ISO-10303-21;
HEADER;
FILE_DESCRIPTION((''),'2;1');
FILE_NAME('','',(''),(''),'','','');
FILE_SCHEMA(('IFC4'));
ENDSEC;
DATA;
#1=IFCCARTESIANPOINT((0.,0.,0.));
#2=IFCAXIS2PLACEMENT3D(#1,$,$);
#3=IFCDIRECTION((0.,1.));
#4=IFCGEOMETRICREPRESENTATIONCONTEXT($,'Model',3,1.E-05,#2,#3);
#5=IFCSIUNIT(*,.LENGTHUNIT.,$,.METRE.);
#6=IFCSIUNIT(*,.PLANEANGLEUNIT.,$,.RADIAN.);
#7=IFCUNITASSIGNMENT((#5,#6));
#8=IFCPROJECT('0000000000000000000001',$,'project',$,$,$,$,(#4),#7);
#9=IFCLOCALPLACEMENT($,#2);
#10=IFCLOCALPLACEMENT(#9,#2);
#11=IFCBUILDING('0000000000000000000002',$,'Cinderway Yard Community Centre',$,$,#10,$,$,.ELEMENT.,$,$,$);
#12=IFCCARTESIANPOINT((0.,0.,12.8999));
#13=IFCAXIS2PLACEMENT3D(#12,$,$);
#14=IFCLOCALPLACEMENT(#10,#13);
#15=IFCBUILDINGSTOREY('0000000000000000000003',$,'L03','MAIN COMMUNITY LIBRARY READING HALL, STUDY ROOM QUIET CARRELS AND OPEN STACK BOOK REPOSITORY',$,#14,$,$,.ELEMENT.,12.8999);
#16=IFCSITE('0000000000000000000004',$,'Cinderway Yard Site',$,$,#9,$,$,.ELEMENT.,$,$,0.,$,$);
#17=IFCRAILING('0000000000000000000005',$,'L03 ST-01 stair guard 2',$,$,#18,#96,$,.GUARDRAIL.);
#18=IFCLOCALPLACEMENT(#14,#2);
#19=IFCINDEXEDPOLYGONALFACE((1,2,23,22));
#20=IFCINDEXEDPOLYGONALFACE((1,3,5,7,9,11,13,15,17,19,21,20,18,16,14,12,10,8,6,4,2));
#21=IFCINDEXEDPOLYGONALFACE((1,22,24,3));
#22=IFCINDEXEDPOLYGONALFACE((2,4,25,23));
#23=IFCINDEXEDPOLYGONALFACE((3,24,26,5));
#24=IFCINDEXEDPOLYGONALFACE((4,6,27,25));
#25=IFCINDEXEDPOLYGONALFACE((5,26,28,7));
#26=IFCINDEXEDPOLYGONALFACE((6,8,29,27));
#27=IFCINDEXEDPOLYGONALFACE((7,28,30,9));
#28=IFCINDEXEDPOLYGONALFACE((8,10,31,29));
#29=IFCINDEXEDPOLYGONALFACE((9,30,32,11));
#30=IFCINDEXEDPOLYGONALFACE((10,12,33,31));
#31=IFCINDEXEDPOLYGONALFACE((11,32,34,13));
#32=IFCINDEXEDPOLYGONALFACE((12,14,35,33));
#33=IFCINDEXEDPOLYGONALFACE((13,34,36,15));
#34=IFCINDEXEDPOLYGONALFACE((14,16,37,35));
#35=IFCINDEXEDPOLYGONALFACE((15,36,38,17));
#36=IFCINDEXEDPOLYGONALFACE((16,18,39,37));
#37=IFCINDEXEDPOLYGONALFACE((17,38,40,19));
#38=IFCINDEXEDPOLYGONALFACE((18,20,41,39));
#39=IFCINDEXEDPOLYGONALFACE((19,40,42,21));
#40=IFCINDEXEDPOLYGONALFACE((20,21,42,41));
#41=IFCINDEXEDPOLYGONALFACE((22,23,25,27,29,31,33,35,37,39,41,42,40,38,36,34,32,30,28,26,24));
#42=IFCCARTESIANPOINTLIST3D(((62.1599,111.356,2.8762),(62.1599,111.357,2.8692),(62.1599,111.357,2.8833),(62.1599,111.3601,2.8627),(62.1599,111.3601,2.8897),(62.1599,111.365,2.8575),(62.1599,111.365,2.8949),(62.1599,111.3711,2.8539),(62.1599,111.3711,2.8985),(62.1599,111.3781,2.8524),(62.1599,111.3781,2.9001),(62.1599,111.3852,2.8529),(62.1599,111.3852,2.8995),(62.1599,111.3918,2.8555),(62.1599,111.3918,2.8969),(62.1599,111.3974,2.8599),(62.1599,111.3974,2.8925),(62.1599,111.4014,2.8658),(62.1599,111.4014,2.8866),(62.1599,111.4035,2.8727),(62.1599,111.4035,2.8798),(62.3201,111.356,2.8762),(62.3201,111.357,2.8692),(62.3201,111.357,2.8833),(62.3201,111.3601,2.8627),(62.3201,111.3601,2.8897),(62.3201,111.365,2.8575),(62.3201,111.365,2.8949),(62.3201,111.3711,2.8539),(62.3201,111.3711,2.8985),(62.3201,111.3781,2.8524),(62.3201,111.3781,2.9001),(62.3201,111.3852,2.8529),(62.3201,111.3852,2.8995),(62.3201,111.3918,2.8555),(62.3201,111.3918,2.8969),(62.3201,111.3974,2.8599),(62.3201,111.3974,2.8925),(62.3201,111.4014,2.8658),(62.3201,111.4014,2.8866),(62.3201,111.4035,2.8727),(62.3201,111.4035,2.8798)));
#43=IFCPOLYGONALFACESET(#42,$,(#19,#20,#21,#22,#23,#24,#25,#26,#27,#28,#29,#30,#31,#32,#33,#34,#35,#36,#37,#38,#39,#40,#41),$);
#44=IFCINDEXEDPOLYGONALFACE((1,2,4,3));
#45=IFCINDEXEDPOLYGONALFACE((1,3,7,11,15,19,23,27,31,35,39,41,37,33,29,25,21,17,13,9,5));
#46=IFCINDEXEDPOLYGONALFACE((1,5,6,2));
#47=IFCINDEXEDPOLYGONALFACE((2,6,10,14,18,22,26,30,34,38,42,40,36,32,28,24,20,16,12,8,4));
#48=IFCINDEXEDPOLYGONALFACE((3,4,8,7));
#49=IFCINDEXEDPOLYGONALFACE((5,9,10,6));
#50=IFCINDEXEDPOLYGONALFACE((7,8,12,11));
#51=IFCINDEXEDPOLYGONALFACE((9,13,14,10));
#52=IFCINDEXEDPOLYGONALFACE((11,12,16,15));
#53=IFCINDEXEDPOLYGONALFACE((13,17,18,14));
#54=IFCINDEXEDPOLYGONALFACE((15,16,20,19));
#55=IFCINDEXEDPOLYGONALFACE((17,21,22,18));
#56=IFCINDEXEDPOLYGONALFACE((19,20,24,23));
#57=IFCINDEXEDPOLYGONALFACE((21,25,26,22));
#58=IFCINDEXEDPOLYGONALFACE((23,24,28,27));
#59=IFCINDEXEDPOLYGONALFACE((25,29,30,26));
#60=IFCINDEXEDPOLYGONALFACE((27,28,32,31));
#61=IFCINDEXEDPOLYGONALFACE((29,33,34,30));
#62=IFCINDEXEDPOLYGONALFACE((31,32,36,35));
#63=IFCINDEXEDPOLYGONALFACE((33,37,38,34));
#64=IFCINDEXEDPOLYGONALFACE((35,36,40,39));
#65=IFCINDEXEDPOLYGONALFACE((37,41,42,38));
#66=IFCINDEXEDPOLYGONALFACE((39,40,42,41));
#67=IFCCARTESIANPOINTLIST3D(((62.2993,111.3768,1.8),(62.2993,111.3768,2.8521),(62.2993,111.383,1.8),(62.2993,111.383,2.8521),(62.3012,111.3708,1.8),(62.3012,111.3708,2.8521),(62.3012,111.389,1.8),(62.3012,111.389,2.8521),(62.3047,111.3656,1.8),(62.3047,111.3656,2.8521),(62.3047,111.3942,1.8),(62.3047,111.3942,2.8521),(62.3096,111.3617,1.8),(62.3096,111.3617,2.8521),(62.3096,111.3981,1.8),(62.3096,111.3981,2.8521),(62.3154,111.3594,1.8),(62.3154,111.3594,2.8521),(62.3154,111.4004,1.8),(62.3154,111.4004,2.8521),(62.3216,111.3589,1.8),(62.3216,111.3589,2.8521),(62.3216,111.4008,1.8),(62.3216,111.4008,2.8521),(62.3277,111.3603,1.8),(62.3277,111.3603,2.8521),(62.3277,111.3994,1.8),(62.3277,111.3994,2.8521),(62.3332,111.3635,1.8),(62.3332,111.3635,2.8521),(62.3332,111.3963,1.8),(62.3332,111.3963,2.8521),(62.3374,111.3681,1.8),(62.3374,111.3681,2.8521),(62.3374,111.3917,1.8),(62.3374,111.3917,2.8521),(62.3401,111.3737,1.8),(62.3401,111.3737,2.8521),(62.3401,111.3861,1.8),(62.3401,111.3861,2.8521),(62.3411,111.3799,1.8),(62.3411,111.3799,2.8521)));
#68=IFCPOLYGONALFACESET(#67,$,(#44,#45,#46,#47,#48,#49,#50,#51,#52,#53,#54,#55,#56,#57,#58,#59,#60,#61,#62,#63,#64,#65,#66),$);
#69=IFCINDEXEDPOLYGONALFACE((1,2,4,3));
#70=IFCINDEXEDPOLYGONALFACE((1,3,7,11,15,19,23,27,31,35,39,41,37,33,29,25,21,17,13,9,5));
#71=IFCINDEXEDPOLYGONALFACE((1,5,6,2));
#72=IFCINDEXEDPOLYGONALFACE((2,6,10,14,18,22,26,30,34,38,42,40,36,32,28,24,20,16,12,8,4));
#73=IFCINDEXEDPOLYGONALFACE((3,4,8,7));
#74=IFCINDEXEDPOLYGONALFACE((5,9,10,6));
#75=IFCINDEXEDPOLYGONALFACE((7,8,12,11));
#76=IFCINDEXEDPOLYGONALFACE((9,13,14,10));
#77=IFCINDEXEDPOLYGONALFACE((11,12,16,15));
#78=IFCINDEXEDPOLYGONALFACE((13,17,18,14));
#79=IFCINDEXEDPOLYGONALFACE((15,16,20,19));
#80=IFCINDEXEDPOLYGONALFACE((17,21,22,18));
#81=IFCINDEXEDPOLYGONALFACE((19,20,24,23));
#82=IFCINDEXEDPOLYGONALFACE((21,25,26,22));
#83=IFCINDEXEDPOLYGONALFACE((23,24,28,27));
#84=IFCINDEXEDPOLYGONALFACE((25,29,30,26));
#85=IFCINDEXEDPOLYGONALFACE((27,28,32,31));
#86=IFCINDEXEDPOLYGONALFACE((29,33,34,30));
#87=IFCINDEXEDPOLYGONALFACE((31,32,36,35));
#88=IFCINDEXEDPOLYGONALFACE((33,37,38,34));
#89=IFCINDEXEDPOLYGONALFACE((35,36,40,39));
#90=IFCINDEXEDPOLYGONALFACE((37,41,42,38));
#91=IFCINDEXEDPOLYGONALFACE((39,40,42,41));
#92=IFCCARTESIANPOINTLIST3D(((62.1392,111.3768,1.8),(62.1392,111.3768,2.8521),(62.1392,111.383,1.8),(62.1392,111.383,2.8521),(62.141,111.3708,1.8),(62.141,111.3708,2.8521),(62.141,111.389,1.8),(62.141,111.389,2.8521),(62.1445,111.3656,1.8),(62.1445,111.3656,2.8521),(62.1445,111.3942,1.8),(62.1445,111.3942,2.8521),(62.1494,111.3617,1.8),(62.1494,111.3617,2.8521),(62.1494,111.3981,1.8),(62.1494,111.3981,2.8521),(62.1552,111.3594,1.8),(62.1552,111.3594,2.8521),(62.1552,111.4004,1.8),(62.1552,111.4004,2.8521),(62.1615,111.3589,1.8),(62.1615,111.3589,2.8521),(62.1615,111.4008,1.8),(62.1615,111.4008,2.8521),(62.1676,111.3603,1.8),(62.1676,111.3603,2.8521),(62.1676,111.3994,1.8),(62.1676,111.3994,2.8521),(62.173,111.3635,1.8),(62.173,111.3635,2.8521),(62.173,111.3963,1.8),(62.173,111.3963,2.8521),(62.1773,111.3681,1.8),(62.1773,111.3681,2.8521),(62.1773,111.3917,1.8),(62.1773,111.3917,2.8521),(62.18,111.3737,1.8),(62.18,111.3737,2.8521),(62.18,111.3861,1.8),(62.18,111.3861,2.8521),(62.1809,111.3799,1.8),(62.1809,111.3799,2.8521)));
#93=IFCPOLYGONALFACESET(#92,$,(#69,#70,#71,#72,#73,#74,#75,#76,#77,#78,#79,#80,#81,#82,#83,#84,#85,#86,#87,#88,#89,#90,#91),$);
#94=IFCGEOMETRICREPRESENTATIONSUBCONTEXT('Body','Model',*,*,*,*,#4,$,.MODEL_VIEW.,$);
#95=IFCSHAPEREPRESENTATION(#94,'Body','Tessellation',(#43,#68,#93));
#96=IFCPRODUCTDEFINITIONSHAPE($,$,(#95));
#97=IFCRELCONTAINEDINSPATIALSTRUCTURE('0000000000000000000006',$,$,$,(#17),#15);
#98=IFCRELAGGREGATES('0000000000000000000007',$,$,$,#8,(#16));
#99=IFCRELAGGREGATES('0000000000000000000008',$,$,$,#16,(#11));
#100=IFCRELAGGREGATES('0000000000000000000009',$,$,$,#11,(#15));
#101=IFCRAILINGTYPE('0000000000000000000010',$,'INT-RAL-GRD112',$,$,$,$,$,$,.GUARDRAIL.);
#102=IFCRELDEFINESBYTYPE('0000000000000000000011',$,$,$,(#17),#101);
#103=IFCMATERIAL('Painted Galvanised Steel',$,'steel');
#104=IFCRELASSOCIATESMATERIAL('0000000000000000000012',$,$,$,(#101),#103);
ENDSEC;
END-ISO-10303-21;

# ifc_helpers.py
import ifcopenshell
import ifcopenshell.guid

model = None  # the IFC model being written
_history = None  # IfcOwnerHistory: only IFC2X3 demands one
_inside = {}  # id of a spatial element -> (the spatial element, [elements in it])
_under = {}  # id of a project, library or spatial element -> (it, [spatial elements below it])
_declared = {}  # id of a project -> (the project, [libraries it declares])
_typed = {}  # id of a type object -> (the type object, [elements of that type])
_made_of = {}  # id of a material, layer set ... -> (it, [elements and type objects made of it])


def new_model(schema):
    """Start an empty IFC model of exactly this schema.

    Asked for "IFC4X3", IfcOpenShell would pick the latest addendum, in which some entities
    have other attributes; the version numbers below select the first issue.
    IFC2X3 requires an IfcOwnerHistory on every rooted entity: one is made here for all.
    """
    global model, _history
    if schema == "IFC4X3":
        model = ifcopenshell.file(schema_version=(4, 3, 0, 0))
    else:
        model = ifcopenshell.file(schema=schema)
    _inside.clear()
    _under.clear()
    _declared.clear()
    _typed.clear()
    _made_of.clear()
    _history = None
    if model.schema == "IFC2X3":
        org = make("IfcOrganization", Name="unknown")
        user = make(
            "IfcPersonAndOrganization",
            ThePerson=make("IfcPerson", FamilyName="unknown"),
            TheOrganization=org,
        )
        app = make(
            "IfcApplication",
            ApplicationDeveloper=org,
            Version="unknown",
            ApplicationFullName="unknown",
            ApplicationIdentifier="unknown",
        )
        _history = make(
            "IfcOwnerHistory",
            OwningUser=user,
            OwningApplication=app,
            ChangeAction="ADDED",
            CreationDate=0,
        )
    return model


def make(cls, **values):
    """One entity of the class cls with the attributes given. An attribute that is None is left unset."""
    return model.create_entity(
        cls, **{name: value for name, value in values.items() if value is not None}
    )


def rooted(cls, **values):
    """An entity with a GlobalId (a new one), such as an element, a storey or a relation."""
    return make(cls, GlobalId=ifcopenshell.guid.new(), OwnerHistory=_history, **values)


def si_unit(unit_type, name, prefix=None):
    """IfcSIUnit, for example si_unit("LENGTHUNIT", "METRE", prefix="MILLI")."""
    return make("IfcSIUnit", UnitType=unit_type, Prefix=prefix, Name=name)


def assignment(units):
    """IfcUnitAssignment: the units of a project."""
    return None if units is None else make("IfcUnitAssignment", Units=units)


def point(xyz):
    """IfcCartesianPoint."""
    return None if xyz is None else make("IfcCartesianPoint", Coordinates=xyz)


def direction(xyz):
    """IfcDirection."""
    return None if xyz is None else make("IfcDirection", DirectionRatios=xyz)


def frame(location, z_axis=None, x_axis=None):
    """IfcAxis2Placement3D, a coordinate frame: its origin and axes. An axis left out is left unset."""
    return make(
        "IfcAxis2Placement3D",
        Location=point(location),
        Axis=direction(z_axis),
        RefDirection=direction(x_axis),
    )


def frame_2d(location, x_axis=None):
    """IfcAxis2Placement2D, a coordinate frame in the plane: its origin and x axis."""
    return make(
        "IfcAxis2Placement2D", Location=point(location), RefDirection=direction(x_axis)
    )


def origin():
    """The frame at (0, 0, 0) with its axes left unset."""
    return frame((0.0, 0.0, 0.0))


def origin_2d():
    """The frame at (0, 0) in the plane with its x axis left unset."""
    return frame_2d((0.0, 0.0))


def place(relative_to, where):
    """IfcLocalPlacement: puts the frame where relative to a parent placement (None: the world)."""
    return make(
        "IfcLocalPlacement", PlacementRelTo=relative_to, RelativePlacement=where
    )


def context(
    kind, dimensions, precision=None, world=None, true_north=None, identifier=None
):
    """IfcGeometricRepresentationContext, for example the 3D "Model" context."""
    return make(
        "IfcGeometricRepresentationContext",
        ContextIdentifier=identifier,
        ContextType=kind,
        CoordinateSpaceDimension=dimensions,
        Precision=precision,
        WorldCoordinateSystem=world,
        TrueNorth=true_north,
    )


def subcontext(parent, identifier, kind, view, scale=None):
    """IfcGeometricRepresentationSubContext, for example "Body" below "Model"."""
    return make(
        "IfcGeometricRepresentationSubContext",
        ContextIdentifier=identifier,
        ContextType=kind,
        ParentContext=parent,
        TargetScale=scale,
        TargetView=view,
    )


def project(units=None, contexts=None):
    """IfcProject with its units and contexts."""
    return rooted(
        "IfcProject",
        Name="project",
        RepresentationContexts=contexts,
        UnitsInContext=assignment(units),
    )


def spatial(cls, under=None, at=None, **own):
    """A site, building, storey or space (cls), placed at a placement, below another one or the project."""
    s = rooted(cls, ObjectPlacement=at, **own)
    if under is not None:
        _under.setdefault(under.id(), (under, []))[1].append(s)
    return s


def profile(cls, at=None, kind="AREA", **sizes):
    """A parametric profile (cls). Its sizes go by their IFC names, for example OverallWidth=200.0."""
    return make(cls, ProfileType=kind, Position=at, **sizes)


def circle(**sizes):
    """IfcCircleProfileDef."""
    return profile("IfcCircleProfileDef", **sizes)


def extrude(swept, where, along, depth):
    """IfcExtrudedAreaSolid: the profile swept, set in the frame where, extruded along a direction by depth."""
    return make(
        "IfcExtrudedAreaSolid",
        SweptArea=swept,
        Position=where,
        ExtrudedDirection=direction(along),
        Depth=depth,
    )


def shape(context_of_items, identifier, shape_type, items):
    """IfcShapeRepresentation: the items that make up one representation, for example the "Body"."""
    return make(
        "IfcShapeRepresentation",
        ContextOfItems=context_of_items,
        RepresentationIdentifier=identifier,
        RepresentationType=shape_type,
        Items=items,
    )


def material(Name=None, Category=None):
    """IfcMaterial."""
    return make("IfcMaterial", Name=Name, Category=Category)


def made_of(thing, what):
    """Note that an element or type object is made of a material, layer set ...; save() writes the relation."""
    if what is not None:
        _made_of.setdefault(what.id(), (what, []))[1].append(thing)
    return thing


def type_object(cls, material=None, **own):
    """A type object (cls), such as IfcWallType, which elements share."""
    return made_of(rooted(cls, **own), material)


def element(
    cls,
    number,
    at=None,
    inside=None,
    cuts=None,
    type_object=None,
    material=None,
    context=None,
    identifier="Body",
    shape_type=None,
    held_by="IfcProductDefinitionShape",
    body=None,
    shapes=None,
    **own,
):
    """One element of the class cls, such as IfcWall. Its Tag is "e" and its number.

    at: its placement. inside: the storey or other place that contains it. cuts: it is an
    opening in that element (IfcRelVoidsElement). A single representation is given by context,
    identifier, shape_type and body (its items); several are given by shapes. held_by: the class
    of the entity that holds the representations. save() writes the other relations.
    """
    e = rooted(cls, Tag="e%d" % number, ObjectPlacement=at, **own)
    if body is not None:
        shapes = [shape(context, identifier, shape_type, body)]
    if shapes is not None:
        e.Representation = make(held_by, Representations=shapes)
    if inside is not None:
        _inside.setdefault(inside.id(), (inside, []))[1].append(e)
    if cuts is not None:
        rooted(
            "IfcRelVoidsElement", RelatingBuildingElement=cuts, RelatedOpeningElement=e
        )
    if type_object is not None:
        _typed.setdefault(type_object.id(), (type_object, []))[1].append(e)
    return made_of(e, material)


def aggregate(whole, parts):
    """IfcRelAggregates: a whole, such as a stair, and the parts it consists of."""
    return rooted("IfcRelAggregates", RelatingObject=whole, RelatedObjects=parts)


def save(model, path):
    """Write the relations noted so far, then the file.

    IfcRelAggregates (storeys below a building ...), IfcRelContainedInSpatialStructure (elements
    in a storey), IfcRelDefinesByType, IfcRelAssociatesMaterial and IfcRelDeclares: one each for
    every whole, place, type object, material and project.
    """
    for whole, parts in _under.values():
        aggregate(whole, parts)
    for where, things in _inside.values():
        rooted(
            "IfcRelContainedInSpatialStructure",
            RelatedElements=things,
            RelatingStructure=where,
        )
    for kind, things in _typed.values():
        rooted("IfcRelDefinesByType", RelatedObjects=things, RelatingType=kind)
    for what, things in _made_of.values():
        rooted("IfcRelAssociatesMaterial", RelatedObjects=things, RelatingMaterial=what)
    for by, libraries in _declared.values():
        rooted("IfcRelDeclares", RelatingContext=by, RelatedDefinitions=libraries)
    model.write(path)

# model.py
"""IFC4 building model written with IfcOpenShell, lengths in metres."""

from ifc_helpers import new_model, si_unit, direction, frame, origin, origin_2d, place, context, subcontext, project, spatial, circle, extrude, material, type_object, element, save


model = new_model("IFC4")

# Units and contexts
model_context = context("Model", 3, precision=1e-05, world=origin(), true_north=direction((0.0, 1.0)))
body_context = subcontext(model_context, "Body", "Model", "MODEL_VIEW")
ifc_project = project(units=[si_unit("LENGTHUNIT", "METRE"), si_unit("PLANEANGLEUNIT", "RADIAN")], contexts=[model_context])

# Site, building, storey
site_placement = place(None, origin())
site = spatial("IfcSite", under=ifc_project, at=site_placement, Name="Cinderway Yard Site", CompositionType="ELEMENT", RefElevation=0.0)
building_placement = place(site_placement, origin())
building = spatial("IfcBuilding", under=site, at=building_placement, Name="Cinderway Yard Community Centre", CompositionType="ELEMENT")
storey_placement = place(building_placement, frame((0.0, 0.0, 12.8999)))
storey = spatial("IfcBuildingStorey", under=building, at=storey_placement, Name="L03", Description="MAIN COMMUNITY LIBRARY READING HALL, STUDY ROOM QUIET CARRELS AND OPEN STACK BOOK REPOSITORY", CompositionType="ELEMENT", Elevation=12.8999)

# Shared definitions
ifc_material_1 = material(Name="Painted Galvanised Steel", Category="steel")

# Railing
railing_type_1 = type_object("IfcRailingType", Name="INT-RAL-GRD112", PredefinedType="GUARDRAIL", material=ifc_material_1)
railing_1_placement = place(storey_placement, frame((62.3201, 111.3799, 1.8)))
element("IfcRailing", 1, at=railing_1_placement, inside=storey, type_object=railing_type_1, Name="L03 ST-01 stair guard 2", PredefinedType="GUARDRAIL", context=body_context, shape_type="SweptSolid", body=[
    extrude(circle(Radius=0.0239, at=origin_2d()), frame((0.0, 0.0, 1.0762), z_axis=(-1.0, 0.0, 0.0), x_axis=(0.0, -1.0, 0.0)), (0.0, 0.0, 1.0), 0.1602),
    extrude(circle(Radius=0.021, at=origin_2d()), origin(), (0.0, 0.0, 1.0), 1.052),
    extrude(circle(Radius=0.021, at=origin_2d()), frame((-0.1602, 0.0, 0.0)), (0.0, 0.0, 1.0), 1.052),
])

save(model, "model.ifc")
